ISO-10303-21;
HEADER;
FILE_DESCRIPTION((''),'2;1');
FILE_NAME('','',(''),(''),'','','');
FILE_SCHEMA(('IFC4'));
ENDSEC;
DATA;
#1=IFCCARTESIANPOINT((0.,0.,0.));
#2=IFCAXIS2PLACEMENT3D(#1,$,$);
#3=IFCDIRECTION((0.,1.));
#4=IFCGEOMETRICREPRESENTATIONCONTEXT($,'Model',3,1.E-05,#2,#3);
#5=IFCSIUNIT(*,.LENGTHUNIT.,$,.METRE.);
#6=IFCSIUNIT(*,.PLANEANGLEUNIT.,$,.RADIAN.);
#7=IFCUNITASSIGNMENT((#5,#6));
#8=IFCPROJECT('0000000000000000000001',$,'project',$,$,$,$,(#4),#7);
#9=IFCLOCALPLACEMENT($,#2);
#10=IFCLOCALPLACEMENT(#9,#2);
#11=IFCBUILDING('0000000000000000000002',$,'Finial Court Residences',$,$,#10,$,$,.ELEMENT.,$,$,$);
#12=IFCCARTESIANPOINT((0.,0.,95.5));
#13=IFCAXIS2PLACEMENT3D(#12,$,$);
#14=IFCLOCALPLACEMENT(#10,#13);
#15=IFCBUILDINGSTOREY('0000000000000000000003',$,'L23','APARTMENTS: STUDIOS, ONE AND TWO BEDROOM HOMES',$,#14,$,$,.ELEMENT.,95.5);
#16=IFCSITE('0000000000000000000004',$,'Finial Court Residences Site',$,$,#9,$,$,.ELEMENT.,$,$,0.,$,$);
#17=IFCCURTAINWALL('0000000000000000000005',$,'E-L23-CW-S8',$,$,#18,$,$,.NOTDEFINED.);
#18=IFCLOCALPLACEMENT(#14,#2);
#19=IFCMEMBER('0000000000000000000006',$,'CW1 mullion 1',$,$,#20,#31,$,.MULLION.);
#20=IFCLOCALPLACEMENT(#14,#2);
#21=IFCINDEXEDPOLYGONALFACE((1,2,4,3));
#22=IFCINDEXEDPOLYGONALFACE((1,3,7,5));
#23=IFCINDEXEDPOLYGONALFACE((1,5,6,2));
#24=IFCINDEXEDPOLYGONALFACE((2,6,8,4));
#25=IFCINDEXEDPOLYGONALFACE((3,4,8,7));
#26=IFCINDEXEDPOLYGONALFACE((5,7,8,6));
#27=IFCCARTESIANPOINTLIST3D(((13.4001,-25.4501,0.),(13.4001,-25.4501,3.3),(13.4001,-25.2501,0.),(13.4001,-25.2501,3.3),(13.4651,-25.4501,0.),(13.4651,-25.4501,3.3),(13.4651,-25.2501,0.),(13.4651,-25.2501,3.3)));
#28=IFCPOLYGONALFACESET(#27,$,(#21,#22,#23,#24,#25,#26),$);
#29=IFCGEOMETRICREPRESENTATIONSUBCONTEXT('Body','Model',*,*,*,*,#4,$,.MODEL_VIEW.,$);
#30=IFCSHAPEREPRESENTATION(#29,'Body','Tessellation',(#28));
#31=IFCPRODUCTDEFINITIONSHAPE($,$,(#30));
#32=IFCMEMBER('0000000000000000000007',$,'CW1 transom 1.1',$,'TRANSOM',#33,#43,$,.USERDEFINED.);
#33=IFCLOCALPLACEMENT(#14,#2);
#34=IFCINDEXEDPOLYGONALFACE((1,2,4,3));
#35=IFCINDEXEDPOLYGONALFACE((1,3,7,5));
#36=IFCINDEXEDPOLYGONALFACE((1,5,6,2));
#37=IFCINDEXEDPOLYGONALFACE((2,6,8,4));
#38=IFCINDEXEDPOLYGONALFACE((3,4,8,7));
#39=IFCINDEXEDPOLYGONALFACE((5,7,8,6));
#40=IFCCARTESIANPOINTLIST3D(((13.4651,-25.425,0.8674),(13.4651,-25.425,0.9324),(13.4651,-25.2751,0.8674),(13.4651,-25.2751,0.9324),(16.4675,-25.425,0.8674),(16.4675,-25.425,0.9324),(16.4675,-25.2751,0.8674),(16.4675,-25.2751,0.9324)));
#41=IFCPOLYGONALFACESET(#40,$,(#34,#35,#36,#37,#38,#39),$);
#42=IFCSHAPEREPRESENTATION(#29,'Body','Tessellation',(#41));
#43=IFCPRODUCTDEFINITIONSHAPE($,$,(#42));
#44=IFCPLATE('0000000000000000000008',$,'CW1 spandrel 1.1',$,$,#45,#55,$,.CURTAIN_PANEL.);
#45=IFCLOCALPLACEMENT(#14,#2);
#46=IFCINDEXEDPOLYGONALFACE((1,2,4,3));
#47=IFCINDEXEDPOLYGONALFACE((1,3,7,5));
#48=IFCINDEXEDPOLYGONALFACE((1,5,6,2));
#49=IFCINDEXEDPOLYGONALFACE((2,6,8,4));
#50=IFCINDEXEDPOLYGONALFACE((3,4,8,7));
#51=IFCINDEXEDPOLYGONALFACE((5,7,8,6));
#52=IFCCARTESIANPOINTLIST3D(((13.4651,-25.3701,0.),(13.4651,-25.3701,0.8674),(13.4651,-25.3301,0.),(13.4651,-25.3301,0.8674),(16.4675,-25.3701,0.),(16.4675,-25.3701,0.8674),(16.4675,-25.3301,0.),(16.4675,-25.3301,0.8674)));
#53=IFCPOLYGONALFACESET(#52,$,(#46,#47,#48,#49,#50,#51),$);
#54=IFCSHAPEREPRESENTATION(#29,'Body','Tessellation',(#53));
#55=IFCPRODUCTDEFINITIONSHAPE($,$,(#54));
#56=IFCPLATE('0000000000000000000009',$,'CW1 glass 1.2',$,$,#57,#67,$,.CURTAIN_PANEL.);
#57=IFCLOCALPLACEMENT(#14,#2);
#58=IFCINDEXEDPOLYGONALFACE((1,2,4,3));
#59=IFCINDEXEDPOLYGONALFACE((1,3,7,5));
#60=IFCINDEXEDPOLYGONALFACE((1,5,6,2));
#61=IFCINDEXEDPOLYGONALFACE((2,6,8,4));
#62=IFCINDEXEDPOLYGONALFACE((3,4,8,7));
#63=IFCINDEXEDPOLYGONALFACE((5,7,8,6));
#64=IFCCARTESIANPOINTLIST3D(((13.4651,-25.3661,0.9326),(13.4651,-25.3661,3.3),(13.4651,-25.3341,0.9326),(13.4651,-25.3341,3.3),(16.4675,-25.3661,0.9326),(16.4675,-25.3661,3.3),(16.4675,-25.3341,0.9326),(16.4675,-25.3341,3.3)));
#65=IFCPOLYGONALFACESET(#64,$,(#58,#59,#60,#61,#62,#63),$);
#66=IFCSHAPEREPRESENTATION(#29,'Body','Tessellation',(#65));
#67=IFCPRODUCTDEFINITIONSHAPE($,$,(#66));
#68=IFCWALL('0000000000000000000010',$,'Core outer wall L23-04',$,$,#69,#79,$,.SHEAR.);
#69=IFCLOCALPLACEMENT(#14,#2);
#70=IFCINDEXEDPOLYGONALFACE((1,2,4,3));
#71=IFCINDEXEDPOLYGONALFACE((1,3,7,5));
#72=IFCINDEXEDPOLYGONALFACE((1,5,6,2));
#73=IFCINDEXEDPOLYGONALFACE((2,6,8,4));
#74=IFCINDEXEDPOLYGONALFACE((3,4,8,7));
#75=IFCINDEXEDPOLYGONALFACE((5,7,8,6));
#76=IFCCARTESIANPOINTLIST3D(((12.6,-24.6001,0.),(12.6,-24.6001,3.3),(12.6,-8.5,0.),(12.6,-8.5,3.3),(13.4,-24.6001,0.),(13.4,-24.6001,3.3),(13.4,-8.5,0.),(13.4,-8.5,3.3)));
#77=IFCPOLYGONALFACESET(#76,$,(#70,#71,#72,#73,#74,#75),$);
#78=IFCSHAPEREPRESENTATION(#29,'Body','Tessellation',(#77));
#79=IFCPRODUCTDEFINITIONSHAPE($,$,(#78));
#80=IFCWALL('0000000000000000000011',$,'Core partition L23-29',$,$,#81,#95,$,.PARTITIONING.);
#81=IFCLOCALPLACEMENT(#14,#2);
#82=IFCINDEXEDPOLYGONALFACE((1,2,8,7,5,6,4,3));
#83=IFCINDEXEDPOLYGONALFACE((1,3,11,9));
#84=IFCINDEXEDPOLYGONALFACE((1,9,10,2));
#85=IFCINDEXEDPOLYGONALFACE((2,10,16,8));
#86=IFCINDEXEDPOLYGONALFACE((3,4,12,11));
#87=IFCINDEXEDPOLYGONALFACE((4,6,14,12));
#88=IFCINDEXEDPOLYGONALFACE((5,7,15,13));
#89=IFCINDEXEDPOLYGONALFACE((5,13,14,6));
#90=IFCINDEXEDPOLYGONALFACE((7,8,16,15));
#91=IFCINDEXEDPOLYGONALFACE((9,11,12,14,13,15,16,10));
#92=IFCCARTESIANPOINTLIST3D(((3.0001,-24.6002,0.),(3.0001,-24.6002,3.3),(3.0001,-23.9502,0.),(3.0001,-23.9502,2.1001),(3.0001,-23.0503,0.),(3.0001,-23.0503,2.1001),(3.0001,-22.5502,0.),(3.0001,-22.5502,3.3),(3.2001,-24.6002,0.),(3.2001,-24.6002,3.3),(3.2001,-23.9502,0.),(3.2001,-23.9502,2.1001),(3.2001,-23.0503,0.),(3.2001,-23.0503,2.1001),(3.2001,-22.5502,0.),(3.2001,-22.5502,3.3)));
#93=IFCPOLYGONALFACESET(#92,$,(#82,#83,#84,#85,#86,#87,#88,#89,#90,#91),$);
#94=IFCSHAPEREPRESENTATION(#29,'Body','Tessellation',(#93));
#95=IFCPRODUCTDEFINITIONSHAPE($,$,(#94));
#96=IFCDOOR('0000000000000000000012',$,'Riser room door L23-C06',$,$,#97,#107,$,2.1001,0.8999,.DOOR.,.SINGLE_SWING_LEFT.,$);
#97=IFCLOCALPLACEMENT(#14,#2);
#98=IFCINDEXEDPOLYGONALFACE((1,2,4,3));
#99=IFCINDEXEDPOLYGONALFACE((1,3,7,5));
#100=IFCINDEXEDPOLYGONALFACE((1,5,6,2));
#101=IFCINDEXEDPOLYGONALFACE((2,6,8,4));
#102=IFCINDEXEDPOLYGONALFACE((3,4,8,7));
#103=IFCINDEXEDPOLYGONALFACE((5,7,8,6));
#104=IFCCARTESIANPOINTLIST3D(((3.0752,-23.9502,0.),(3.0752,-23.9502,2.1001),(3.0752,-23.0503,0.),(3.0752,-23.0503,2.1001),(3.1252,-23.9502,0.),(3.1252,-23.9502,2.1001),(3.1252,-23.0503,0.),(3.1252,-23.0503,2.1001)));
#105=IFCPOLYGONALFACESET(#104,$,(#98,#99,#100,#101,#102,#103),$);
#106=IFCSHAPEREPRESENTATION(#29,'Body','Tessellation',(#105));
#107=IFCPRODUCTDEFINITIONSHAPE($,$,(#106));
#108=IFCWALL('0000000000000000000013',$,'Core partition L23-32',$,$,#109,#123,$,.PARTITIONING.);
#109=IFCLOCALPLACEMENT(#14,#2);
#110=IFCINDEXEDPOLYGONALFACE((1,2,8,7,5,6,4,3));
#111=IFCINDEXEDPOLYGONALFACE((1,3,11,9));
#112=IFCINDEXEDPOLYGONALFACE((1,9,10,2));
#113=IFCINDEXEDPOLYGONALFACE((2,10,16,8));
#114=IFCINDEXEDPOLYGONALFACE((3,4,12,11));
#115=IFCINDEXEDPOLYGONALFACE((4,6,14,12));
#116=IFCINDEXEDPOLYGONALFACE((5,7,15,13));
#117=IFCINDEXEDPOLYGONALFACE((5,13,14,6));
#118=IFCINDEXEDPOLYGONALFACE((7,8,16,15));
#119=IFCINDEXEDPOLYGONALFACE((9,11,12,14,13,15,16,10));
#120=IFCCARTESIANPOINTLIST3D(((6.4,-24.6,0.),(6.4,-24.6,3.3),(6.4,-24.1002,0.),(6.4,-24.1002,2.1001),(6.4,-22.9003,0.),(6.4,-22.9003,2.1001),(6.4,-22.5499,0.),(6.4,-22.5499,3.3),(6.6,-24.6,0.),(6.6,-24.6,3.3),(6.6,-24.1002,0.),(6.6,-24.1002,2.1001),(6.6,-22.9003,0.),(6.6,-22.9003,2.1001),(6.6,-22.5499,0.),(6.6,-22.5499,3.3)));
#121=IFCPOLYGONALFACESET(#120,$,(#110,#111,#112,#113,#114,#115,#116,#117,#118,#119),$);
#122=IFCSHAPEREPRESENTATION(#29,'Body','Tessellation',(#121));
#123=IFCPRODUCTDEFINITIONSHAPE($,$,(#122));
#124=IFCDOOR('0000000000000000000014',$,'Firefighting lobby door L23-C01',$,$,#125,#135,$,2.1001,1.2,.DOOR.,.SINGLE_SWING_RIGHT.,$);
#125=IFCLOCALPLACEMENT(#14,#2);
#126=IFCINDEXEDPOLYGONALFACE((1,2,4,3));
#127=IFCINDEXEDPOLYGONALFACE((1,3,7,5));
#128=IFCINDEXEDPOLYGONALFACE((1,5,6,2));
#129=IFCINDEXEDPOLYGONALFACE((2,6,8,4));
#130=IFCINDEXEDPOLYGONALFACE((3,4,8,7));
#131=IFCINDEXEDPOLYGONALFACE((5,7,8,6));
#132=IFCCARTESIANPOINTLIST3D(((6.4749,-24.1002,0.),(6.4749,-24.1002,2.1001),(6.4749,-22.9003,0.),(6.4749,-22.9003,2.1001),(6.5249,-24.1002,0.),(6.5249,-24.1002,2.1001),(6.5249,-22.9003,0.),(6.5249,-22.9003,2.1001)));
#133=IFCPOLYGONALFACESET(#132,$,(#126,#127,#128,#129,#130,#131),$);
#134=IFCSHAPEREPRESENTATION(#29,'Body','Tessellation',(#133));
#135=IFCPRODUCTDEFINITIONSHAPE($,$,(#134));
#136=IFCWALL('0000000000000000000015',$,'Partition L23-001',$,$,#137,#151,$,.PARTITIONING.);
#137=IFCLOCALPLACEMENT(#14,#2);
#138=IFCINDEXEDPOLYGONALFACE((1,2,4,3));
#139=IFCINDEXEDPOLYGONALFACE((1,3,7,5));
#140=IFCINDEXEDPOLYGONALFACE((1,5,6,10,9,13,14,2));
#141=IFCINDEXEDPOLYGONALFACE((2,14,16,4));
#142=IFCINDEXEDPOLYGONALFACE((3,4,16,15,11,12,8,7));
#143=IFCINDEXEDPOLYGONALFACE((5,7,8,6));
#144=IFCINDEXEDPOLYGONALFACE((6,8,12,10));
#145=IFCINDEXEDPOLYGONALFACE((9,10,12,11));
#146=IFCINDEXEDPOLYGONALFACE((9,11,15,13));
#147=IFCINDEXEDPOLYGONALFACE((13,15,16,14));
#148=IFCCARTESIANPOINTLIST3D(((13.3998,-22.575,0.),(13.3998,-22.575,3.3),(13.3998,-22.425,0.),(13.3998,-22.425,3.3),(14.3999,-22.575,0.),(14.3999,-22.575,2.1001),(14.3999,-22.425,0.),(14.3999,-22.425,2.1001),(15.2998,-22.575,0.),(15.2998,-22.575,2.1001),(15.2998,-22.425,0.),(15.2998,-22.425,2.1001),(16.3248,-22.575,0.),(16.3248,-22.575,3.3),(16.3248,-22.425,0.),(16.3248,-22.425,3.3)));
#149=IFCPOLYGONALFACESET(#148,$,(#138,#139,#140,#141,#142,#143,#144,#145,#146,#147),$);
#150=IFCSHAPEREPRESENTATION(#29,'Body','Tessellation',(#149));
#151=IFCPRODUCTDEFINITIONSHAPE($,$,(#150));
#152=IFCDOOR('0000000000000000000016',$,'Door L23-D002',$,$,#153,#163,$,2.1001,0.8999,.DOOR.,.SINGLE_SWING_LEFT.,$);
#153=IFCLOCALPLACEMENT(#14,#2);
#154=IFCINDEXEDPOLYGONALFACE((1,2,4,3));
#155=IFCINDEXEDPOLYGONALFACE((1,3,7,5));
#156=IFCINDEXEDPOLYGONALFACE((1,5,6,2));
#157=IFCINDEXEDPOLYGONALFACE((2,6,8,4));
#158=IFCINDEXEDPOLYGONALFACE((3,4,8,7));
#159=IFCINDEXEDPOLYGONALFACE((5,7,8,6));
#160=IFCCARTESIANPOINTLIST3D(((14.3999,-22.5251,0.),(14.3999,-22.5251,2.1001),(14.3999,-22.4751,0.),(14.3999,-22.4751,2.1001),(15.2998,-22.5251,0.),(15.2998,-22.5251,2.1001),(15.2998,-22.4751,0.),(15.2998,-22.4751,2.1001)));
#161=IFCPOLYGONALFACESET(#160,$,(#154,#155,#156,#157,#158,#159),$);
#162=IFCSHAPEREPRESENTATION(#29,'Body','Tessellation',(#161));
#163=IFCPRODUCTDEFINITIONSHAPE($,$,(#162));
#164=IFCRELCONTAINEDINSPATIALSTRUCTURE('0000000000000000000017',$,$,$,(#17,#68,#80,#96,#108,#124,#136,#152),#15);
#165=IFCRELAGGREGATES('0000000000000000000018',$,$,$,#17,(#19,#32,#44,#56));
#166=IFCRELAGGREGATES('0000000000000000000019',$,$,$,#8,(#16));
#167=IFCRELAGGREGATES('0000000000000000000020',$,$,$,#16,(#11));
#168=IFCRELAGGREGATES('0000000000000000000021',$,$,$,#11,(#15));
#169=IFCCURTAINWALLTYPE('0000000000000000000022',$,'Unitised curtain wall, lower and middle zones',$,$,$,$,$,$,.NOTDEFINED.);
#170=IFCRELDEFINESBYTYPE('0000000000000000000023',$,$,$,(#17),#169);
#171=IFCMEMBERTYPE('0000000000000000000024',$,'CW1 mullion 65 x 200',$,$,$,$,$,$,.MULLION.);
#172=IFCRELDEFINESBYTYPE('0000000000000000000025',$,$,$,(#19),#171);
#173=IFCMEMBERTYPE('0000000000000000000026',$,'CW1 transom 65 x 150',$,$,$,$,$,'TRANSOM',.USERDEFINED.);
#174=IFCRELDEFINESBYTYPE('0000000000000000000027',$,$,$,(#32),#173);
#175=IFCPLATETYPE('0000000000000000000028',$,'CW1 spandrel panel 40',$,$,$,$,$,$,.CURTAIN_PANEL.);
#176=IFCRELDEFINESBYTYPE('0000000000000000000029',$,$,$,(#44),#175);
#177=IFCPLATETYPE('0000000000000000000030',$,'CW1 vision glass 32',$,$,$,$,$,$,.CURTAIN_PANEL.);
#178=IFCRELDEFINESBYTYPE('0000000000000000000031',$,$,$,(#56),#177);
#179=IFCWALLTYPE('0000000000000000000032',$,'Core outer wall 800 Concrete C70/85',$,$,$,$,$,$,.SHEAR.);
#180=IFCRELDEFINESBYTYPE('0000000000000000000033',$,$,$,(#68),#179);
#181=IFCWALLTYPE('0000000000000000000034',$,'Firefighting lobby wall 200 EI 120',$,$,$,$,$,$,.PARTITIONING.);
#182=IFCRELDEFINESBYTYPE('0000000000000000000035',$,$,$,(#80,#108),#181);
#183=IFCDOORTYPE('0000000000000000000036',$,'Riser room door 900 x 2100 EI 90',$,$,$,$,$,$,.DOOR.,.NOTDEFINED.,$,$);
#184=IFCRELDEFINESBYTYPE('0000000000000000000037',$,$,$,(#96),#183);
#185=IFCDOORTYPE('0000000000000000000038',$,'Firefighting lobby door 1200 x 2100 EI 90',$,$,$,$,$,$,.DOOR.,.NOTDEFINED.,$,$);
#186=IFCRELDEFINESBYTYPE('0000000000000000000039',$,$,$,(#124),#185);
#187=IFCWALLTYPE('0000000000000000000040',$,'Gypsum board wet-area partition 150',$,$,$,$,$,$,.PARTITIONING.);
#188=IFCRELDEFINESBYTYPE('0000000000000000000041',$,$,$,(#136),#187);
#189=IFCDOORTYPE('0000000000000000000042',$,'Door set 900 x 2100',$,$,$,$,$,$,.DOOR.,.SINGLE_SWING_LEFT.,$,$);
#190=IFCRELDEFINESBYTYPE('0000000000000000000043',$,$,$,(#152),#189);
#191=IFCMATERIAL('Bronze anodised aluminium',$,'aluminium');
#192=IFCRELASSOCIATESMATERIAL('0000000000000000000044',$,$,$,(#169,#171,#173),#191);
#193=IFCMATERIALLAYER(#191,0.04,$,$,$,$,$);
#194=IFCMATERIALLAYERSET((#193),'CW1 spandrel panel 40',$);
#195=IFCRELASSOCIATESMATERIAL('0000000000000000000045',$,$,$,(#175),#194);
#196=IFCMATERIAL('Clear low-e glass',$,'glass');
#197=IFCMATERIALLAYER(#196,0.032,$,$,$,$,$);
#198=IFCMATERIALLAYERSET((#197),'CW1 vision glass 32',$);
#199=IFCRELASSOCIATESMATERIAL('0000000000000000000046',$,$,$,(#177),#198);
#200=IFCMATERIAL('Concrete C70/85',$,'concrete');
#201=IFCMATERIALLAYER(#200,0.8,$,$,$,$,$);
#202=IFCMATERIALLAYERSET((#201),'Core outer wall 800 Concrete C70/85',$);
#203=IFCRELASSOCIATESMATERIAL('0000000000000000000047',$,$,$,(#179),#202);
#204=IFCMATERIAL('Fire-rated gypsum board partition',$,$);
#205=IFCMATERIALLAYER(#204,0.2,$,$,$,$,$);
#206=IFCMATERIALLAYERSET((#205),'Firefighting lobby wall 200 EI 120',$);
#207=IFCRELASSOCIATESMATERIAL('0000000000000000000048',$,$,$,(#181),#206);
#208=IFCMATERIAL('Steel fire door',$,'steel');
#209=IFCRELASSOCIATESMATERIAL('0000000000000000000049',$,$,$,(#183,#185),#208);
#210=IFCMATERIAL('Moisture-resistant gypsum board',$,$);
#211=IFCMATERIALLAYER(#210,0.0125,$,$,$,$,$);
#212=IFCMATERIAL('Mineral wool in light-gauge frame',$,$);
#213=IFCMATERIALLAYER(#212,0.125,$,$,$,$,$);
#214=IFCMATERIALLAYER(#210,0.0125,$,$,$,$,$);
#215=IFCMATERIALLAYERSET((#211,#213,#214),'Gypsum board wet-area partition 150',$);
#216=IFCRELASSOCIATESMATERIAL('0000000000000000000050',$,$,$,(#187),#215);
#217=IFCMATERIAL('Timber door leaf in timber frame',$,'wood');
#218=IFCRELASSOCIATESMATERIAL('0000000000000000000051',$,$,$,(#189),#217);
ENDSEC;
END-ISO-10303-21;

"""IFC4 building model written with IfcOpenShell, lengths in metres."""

from ifc_helpers import new_model, si_unit, direction, frame, frame_2d, origin, origin_2d, place, context, subcontext, project, spatial, rectangle, extrude, material, layer, layer_set, material_profile, profile_set, type_object, element, fill, aggregate, save


model = new_model("IFC4")

# Units and contexts
model_context = context("Model", 3, precision=1e-05, world=origin(), true_north=direction((0.0, 1.0)))
body_context = subcontext(model_context, "Body", "Model", "MODEL_VIEW")
ifc_project = project(units=[si_unit("LENGTHUNIT", "METRE"), si_unit("PLANEANGLEUNIT", "RADIAN")], contexts=[model_context])

# Site, building, storey
site_placement = place(None, origin())
site = spatial("IfcSite", under=ifc_project, at=site_placement, Name="Finial Court Residences Site", CompositionType="ELEMENT", RefElevation=0.0)
building_placement = place(site_placement, origin())
building = spatial("IfcBuilding", under=site, at=building_placement, Name="Finial Court Residences", CompositionType="ELEMENT")
storey_placement = place(building_placement, frame((0.0, 0.0, 95.5)))
storey = spatial("IfcBuildingStorey", under=building, at=storey_placement, Name="L23", Description="APARTMENTS: STUDIOS, ONE AND TWO BEDROOM HOMES", CompositionType="ELEMENT", Elevation=95.5)

# Curtain wall, members, plates
ifc_material_1 = material(Name="Bronze anodised aluminium", Category="aluminium")
curtain_wall_type = type_object("IfcCurtainWallType", Name="Unitised curtain wall, lower and middle zones", PredefinedType="NOTDEFINED", material=ifc_material_1)
curtain_wall_placement = place(storey_placement, origin())
curtain_wall = element("IfcCurtainWall", 1, at=curtain_wall_placement, inside=storey, type_object=curtain_wall_type, Name="E-L23-CW-S8", PredefinedType="NOTDEFINED")
ifc_material_profile_1 = material_profile(ifc_material_1, rectangle(XDim=0.2, YDim=0.0649, at=origin_2d()), Name="CW1 mullion 65 x 200")
ifc_profile_set_1 = profile_set([ifc_material_profile_1], Name="Bronze anodised aluminium")
member_type_1 = type_object("IfcMemberType", Name="CW1 mullion 65 x 200", PredefinedType="MULLION", material=ifc_profile_set_1)
member_1_placement = place(storey_placement, frame((13.4326, -25.3501, 0.0), z_axis=(0.0, 0.0, 1.0), x_axis=(0.0, 1.0, 0.0)))
member_1 = element("IfcMember", 2, at=member_1_placement, type_object=member_type_1, Name="CW1 mullion 1", PredefinedType="MULLION", context=body_context, shape_type="SweptSolid", body=[
    extrude(rectangle(XDim=0.2, YDim=0.0649, at=origin_2d()), origin(), (0.0, 0.0, 1.0), 3.3),
])
ifc_material_profile_2 = material_profile(ifc_material_1, rectangle(XDim=0.1499, YDim=0.0649, at=origin_2d()), Name="CW1 transom 65 x 150")
ifc_profile_set_2 = profile_set([ifc_material_profile_2], Name="Bronze anodised aluminium")
member_type_2 = type_object("IfcMemberType", Name="CW1 transom 65 x 150", ElementType="TRANSOM", PredefinedType="USERDEFINED", material=ifc_profile_set_2)
member_2_placement = place(storey_placement, frame((13.4651, -25.3501, 0.8999), z_axis=(1.0, 0.0, 0.0), x_axis=(0.0, 1.0, 0.0)))
member_2 = element("IfcMember", 3, at=member_2_placement, type_object=member_type_2, Name="CW1 transom 1.1", ObjectType="TRANSOM", PredefinedType="USERDEFINED", context=body_context, shape_type="SweptSolid", body=[
    extrude(rectangle(XDim=0.1499, YDim=0.0649, at=origin_2d()), origin(), (0.0, 0.0, 1.0), 3.0024),
])
ifc_layer_1 = layer(ifc_material_1, 0.04)
ifc_layer_set_1 = layer_set([ifc_layer_1], Name="CW1 spandrel panel 40")
plate_type_1 = type_object("IfcPlateType", Name="CW1 spandrel panel 40", PredefinedType="CURTAIN_PANEL", material=ifc_layer_set_1)
plate_1_placement = place(storey_placement, frame((14.9663, -25.3501, 0.0), z_axis=(0.0, 0.0, 1.0), x_axis=(1.0, 0.0, 0.0)))
plate_1 = element("IfcPlate", 4, at=plate_1_placement, type_object=plate_type_1, Name="CW1 spandrel 1.1", PredefinedType="CURTAIN_PANEL", context=body_context, shape_type="SweptSolid", body=[
    extrude(rectangle(XDim=3.0024, YDim=0.04, at=origin_2d()), origin(), (0.0, 0.0, 1.0), 0.8674),
])
ifc_material_2 = material(Name="Clear low-e glass", Category="glass")
ifc_layer_2 = layer(ifc_material_2, 0.032)
ifc_layer_set_2 = layer_set([ifc_layer_2], Name="CW1 vision glass 32")
plate_type_2 = type_object("IfcPlateType", Name="CW1 vision glass 32", PredefinedType="CURTAIN_PANEL", material=ifc_layer_set_2)
plate_2_placement = place(storey_placement, frame((14.9663, -25.3501, 0.9326), z_axis=(0.0, 0.0, 1.0), x_axis=(1.0, 0.0, 0.0)))
plate_2 = element("IfcPlate", 5, at=plate_2_placement, type_object=plate_type_2, Name="CW1 glass 1.2", PredefinedType="CURTAIN_PANEL", context=body_context, shape_type="SweptSolid", body=[
    extrude(rectangle(XDim=3.0024, YDim=0.032, at=origin_2d()), origin(), (0.0, 0.0, 1.0), 2.3674),
])
aggregate(curtain_wall, [member_1, member_2, plate_1, plate_2])

# Wall
ifc_material_3 = material(Name="Concrete C70/85", Category="concrete")
ifc_layer_3 = layer(ifc_material_3, 0.8)
ifc_layer_set_3 = layer_set([ifc_layer_3], Name="Core outer wall 800 Concrete C70/85")
wall_type_1 = type_object("IfcWallType", Name="Core outer wall 800 Concrete C70/85", PredefinedType="SHEAR", material=ifc_layer_set_3)
wall_1_placement = place(storey_placement, frame((13.0, -24.6001, 0.0), z_axis=(0.0, 0.0, 1.0), x_axis=(0.0, 1.0, 0.0)))
element("IfcWall", 6, at=wall_1_placement, inside=storey, type_object=wall_type_1, Name="Core outer wall L23-04", PredefinedType="SHEAR", context=body_context, shape_type="SweptSolid", body=[
    extrude(rectangle(XDim=16.1001, YDim=0.8, at=frame_2d((8.05, 0.0))), origin(), (0.0, 0.0, 1.0), 3.3),
])

# Walls, openings, doors
ifc_material_4 = material(Name="Fire-rated gypsum board partition")
ifc_layer_4 = layer(ifc_material_4, 0.2)
ifc_layer_set_4 = layer_set([ifc_layer_4], Name="Firefighting lobby wall 200 EI 120")
wall_type_2 = type_object("IfcWallType", Name="Firefighting lobby wall 200 EI 120", PredefinedType="PARTITIONING", material=ifc_layer_set_4)
wall_2_placement = place(storey_placement, frame((3.1001, -24.6001, 0.0), z_axis=(0.0, 0.0, 1.0), x_axis=(0.0, 1.0, 0.0)))
wall_2 = element("IfcWall", 7, at=wall_2_placement, inside=storey, type_object=wall_type_2, Name="Core partition L23-29", PredefinedType="PARTITIONING", context=body_context, shape_type="SweptSolid", body=[
    extrude(rectangle(XDim=2.05, YDim=0.2, at=frame_2d((1.0249, 0.0))), origin(), (0.0, 0.0, 1.0), 3.3),
])
opening_1_placement = place(wall_2_placement, frame((0.6499, 0.0, 0.0)))
opening_1 = element("IfcOpeningElement", 8, at=opening_1_placement, cuts=wall_2, PredefinedType="OPENING", context=body_context, shape_type="SweptSolid", body=[
    extrude(rectangle(XDim=0.8999, YDim=2.1001, at=frame_2d((0.45, 1.05))), frame((0.0, 0.1099, 0.0), z_axis=(0.0, -1.0, 0.0), x_axis=(1.0, 0.0, 0.0)), (0.0, 0.0, 1.0), 0.22),
])
ifc_material_5 = material(Name="Steel fire door", Category="steel")
door_type_1 = type_object("IfcDoorType", Name="Riser room door 900 x 2100 EI 90", OperationType="NOTDEFINED", PredefinedType="DOOR", material=ifc_material_5)
door_1_placement = place(opening_1_placement, origin())
door_1 = element("IfcDoor", 9, at=door_1_placement, inside=storey, type_object=door_type_1, Name="Riser room door L23-C06", OperationType="SINGLE_SWING_LEFT", OverallHeight=2.1001, OverallWidth=0.8999, PredefinedType="DOOR", context=body_context, shape_type="SweptSolid", body=[
    extrude(rectangle(XDim=0.8999, YDim=2.1001, at=frame_2d((0.45, 1.05))), frame((0.0, 0.0249, 0.0), z_axis=(0.0, -1.0, 0.0), x_axis=(1.0, 0.0, 0.0)), (0.0, 0.0, 1.0), 0.05),
])
fill(opening_1, door_1)
wall_3_placement = place(storey_placement, frame((6.5, -22.55, 0.0), z_axis=(0.0, 0.0, 1.0), x_axis=(0.0, -1.0, 0.0)))
wall_3 = element("IfcWall", 10, at=wall_3_placement, inside=storey, type_object=wall_type_2, Name="Core partition L23-32", PredefinedType="PARTITIONING", context=body_context, shape_type="SweptSolid", body=[
    extrude(rectangle(XDim=2.05, YDim=0.2, at=frame_2d((1.0249, 0.0))), origin(), (0.0, 0.0, 1.0), 3.3),
])
opening_2_placement = place(wall_3_placement, frame((0.3501, 0.0, 0.0)))
opening_2 = element("IfcOpeningElement", 11, at=opening_2_placement, cuts=wall_3, PredefinedType="OPENING", context=body_context, shape_type="SweptSolid", body=[
    extrude(rectangle(XDim=1.2, YDim=2.1001, at=frame_2d((0.6001, 1.05))), frame((0.0, 0.1099, 0.0), z_axis=(0.0, -1.0, 0.0), x_axis=(1.0, 0.0, 0.0)), (0.0, 0.0, 1.0), 0.22),
])
door_type_2 = type_object("IfcDoorType", Name="Firefighting lobby door 1200 x 2100 EI 90", OperationType="NOTDEFINED", PredefinedType="DOOR", material=ifc_material_5)
door_2_placement = place(opening_2_placement, origin())
door_2 = element("IfcDoor", 12, at=door_2_placement, inside=storey, type_object=door_type_2, Name="Firefighting lobby door L23-C01", OperationType="SINGLE_SWING_RIGHT", OverallHeight=2.1001, OverallWidth=1.2, PredefinedType="DOOR", context=body_context, shape_type="SweptSolid", body=[
    extrude(rectangle(XDim=1.2, YDim=2.1001, at=frame_2d((0.6001, 1.05))), frame((0.0, 0.0249, 0.0), z_axis=(0.0, -1.0, 0.0), x_axis=(1.0, 0.0, 0.0)), (0.0, 0.0, 1.0), 0.05),
])
fill(opening_2, door_2)
ifc_material_6 = material(Name="Moisture-resistant gypsum board")
ifc_layer_5 = layer(ifc_material_6, 0.0125)
ifc_material_7 = material(Name="Mineral wool in light-gauge frame")
ifc_layer_6 = layer(ifc_material_7, 0.125)
ifc_layer_7 = layer(ifc_material_6, 0.0125)
ifc_layer_set_5 = layer_set([ifc_layer_5, ifc_layer_6, ifc_layer_7], Name="Gypsum board wet-area partition 150")
wall_type_3 = type_object("IfcWallType", Name="Gypsum board wet-area partition 150", PredefinedType="PARTITIONING", material=ifc_layer_set_5)
wall_4_placement = place(storey_placement, frame((13.3999, -22.5, 0.0), z_axis=(0.0, 0.0, 1.0), x_axis=(1.0, 0.0, 0.0)))
wall_4 = element("IfcWall", 13, at=wall_4_placement, inside=storey, type_object=wall_type_3, Name="Partition L23-001", PredefinedType="PARTITIONING", context=body_context, shape_type="SweptSolid", body=[
    extrude(rectangle(XDim=2.925, YDim=0.1499, at=frame_2d((1.4624, 0.0))), origin(), (0.0, 0.0, 1.0), 3.3),
])
opening_3_placement = place(wall_4_placement, frame((1.0, 0.0, 0.0)))
opening_3 = element("IfcOpeningElement", 14, at=opening_3_placement, cuts=wall_4, PredefinedType="OPENING", context=body_context, shape_type="SweptSolid", body=[
    extrude(rectangle(XDim=0.8999, YDim=2.1001, at=frame_2d((0.45, 1.05))), frame((0.0, 0.085, 0.0), z_axis=(0.0, -1.0, 0.0), x_axis=(1.0, 0.0, 0.0)), (0.0, 0.0, 1.0), 0.1699),
])
ifc_material_8 = material(Name="Timber door leaf in timber frame", Category="wood")
door_type_3 = type_object("IfcDoorType", Name="Door set 900 x 2100", OperationType="SINGLE_SWING_LEFT", PredefinedType="DOOR", material=ifc_material_8)
door_3_placement = place(opening_3_placement, origin())
door_3 = element("IfcDoor", 15, at=door_3_placement, inside=storey, type_object=door_type_3, Name="Door L23-D002", OperationType="SINGLE_SWING_LEFT", OverallHeight=2.1001, OverallWidth=0.8999, PredefinedType="DOOR", context=body_context, shape_type="SweptSolid", body=[
    extrude(rectangle(XDim=0.8999, YDim=2.1001, at=frame_2d((0.45, 1.05))), frame((0.0, 0.0249, 0.0), z_axis=(0.0, -1.0, 0.0), x_axis=(1.0, 0.0, 0.0)), (0.0, 0.0, 1.0), 0.05),
])
fill(opening_3, door_3)

save(model, "model.ifc")
